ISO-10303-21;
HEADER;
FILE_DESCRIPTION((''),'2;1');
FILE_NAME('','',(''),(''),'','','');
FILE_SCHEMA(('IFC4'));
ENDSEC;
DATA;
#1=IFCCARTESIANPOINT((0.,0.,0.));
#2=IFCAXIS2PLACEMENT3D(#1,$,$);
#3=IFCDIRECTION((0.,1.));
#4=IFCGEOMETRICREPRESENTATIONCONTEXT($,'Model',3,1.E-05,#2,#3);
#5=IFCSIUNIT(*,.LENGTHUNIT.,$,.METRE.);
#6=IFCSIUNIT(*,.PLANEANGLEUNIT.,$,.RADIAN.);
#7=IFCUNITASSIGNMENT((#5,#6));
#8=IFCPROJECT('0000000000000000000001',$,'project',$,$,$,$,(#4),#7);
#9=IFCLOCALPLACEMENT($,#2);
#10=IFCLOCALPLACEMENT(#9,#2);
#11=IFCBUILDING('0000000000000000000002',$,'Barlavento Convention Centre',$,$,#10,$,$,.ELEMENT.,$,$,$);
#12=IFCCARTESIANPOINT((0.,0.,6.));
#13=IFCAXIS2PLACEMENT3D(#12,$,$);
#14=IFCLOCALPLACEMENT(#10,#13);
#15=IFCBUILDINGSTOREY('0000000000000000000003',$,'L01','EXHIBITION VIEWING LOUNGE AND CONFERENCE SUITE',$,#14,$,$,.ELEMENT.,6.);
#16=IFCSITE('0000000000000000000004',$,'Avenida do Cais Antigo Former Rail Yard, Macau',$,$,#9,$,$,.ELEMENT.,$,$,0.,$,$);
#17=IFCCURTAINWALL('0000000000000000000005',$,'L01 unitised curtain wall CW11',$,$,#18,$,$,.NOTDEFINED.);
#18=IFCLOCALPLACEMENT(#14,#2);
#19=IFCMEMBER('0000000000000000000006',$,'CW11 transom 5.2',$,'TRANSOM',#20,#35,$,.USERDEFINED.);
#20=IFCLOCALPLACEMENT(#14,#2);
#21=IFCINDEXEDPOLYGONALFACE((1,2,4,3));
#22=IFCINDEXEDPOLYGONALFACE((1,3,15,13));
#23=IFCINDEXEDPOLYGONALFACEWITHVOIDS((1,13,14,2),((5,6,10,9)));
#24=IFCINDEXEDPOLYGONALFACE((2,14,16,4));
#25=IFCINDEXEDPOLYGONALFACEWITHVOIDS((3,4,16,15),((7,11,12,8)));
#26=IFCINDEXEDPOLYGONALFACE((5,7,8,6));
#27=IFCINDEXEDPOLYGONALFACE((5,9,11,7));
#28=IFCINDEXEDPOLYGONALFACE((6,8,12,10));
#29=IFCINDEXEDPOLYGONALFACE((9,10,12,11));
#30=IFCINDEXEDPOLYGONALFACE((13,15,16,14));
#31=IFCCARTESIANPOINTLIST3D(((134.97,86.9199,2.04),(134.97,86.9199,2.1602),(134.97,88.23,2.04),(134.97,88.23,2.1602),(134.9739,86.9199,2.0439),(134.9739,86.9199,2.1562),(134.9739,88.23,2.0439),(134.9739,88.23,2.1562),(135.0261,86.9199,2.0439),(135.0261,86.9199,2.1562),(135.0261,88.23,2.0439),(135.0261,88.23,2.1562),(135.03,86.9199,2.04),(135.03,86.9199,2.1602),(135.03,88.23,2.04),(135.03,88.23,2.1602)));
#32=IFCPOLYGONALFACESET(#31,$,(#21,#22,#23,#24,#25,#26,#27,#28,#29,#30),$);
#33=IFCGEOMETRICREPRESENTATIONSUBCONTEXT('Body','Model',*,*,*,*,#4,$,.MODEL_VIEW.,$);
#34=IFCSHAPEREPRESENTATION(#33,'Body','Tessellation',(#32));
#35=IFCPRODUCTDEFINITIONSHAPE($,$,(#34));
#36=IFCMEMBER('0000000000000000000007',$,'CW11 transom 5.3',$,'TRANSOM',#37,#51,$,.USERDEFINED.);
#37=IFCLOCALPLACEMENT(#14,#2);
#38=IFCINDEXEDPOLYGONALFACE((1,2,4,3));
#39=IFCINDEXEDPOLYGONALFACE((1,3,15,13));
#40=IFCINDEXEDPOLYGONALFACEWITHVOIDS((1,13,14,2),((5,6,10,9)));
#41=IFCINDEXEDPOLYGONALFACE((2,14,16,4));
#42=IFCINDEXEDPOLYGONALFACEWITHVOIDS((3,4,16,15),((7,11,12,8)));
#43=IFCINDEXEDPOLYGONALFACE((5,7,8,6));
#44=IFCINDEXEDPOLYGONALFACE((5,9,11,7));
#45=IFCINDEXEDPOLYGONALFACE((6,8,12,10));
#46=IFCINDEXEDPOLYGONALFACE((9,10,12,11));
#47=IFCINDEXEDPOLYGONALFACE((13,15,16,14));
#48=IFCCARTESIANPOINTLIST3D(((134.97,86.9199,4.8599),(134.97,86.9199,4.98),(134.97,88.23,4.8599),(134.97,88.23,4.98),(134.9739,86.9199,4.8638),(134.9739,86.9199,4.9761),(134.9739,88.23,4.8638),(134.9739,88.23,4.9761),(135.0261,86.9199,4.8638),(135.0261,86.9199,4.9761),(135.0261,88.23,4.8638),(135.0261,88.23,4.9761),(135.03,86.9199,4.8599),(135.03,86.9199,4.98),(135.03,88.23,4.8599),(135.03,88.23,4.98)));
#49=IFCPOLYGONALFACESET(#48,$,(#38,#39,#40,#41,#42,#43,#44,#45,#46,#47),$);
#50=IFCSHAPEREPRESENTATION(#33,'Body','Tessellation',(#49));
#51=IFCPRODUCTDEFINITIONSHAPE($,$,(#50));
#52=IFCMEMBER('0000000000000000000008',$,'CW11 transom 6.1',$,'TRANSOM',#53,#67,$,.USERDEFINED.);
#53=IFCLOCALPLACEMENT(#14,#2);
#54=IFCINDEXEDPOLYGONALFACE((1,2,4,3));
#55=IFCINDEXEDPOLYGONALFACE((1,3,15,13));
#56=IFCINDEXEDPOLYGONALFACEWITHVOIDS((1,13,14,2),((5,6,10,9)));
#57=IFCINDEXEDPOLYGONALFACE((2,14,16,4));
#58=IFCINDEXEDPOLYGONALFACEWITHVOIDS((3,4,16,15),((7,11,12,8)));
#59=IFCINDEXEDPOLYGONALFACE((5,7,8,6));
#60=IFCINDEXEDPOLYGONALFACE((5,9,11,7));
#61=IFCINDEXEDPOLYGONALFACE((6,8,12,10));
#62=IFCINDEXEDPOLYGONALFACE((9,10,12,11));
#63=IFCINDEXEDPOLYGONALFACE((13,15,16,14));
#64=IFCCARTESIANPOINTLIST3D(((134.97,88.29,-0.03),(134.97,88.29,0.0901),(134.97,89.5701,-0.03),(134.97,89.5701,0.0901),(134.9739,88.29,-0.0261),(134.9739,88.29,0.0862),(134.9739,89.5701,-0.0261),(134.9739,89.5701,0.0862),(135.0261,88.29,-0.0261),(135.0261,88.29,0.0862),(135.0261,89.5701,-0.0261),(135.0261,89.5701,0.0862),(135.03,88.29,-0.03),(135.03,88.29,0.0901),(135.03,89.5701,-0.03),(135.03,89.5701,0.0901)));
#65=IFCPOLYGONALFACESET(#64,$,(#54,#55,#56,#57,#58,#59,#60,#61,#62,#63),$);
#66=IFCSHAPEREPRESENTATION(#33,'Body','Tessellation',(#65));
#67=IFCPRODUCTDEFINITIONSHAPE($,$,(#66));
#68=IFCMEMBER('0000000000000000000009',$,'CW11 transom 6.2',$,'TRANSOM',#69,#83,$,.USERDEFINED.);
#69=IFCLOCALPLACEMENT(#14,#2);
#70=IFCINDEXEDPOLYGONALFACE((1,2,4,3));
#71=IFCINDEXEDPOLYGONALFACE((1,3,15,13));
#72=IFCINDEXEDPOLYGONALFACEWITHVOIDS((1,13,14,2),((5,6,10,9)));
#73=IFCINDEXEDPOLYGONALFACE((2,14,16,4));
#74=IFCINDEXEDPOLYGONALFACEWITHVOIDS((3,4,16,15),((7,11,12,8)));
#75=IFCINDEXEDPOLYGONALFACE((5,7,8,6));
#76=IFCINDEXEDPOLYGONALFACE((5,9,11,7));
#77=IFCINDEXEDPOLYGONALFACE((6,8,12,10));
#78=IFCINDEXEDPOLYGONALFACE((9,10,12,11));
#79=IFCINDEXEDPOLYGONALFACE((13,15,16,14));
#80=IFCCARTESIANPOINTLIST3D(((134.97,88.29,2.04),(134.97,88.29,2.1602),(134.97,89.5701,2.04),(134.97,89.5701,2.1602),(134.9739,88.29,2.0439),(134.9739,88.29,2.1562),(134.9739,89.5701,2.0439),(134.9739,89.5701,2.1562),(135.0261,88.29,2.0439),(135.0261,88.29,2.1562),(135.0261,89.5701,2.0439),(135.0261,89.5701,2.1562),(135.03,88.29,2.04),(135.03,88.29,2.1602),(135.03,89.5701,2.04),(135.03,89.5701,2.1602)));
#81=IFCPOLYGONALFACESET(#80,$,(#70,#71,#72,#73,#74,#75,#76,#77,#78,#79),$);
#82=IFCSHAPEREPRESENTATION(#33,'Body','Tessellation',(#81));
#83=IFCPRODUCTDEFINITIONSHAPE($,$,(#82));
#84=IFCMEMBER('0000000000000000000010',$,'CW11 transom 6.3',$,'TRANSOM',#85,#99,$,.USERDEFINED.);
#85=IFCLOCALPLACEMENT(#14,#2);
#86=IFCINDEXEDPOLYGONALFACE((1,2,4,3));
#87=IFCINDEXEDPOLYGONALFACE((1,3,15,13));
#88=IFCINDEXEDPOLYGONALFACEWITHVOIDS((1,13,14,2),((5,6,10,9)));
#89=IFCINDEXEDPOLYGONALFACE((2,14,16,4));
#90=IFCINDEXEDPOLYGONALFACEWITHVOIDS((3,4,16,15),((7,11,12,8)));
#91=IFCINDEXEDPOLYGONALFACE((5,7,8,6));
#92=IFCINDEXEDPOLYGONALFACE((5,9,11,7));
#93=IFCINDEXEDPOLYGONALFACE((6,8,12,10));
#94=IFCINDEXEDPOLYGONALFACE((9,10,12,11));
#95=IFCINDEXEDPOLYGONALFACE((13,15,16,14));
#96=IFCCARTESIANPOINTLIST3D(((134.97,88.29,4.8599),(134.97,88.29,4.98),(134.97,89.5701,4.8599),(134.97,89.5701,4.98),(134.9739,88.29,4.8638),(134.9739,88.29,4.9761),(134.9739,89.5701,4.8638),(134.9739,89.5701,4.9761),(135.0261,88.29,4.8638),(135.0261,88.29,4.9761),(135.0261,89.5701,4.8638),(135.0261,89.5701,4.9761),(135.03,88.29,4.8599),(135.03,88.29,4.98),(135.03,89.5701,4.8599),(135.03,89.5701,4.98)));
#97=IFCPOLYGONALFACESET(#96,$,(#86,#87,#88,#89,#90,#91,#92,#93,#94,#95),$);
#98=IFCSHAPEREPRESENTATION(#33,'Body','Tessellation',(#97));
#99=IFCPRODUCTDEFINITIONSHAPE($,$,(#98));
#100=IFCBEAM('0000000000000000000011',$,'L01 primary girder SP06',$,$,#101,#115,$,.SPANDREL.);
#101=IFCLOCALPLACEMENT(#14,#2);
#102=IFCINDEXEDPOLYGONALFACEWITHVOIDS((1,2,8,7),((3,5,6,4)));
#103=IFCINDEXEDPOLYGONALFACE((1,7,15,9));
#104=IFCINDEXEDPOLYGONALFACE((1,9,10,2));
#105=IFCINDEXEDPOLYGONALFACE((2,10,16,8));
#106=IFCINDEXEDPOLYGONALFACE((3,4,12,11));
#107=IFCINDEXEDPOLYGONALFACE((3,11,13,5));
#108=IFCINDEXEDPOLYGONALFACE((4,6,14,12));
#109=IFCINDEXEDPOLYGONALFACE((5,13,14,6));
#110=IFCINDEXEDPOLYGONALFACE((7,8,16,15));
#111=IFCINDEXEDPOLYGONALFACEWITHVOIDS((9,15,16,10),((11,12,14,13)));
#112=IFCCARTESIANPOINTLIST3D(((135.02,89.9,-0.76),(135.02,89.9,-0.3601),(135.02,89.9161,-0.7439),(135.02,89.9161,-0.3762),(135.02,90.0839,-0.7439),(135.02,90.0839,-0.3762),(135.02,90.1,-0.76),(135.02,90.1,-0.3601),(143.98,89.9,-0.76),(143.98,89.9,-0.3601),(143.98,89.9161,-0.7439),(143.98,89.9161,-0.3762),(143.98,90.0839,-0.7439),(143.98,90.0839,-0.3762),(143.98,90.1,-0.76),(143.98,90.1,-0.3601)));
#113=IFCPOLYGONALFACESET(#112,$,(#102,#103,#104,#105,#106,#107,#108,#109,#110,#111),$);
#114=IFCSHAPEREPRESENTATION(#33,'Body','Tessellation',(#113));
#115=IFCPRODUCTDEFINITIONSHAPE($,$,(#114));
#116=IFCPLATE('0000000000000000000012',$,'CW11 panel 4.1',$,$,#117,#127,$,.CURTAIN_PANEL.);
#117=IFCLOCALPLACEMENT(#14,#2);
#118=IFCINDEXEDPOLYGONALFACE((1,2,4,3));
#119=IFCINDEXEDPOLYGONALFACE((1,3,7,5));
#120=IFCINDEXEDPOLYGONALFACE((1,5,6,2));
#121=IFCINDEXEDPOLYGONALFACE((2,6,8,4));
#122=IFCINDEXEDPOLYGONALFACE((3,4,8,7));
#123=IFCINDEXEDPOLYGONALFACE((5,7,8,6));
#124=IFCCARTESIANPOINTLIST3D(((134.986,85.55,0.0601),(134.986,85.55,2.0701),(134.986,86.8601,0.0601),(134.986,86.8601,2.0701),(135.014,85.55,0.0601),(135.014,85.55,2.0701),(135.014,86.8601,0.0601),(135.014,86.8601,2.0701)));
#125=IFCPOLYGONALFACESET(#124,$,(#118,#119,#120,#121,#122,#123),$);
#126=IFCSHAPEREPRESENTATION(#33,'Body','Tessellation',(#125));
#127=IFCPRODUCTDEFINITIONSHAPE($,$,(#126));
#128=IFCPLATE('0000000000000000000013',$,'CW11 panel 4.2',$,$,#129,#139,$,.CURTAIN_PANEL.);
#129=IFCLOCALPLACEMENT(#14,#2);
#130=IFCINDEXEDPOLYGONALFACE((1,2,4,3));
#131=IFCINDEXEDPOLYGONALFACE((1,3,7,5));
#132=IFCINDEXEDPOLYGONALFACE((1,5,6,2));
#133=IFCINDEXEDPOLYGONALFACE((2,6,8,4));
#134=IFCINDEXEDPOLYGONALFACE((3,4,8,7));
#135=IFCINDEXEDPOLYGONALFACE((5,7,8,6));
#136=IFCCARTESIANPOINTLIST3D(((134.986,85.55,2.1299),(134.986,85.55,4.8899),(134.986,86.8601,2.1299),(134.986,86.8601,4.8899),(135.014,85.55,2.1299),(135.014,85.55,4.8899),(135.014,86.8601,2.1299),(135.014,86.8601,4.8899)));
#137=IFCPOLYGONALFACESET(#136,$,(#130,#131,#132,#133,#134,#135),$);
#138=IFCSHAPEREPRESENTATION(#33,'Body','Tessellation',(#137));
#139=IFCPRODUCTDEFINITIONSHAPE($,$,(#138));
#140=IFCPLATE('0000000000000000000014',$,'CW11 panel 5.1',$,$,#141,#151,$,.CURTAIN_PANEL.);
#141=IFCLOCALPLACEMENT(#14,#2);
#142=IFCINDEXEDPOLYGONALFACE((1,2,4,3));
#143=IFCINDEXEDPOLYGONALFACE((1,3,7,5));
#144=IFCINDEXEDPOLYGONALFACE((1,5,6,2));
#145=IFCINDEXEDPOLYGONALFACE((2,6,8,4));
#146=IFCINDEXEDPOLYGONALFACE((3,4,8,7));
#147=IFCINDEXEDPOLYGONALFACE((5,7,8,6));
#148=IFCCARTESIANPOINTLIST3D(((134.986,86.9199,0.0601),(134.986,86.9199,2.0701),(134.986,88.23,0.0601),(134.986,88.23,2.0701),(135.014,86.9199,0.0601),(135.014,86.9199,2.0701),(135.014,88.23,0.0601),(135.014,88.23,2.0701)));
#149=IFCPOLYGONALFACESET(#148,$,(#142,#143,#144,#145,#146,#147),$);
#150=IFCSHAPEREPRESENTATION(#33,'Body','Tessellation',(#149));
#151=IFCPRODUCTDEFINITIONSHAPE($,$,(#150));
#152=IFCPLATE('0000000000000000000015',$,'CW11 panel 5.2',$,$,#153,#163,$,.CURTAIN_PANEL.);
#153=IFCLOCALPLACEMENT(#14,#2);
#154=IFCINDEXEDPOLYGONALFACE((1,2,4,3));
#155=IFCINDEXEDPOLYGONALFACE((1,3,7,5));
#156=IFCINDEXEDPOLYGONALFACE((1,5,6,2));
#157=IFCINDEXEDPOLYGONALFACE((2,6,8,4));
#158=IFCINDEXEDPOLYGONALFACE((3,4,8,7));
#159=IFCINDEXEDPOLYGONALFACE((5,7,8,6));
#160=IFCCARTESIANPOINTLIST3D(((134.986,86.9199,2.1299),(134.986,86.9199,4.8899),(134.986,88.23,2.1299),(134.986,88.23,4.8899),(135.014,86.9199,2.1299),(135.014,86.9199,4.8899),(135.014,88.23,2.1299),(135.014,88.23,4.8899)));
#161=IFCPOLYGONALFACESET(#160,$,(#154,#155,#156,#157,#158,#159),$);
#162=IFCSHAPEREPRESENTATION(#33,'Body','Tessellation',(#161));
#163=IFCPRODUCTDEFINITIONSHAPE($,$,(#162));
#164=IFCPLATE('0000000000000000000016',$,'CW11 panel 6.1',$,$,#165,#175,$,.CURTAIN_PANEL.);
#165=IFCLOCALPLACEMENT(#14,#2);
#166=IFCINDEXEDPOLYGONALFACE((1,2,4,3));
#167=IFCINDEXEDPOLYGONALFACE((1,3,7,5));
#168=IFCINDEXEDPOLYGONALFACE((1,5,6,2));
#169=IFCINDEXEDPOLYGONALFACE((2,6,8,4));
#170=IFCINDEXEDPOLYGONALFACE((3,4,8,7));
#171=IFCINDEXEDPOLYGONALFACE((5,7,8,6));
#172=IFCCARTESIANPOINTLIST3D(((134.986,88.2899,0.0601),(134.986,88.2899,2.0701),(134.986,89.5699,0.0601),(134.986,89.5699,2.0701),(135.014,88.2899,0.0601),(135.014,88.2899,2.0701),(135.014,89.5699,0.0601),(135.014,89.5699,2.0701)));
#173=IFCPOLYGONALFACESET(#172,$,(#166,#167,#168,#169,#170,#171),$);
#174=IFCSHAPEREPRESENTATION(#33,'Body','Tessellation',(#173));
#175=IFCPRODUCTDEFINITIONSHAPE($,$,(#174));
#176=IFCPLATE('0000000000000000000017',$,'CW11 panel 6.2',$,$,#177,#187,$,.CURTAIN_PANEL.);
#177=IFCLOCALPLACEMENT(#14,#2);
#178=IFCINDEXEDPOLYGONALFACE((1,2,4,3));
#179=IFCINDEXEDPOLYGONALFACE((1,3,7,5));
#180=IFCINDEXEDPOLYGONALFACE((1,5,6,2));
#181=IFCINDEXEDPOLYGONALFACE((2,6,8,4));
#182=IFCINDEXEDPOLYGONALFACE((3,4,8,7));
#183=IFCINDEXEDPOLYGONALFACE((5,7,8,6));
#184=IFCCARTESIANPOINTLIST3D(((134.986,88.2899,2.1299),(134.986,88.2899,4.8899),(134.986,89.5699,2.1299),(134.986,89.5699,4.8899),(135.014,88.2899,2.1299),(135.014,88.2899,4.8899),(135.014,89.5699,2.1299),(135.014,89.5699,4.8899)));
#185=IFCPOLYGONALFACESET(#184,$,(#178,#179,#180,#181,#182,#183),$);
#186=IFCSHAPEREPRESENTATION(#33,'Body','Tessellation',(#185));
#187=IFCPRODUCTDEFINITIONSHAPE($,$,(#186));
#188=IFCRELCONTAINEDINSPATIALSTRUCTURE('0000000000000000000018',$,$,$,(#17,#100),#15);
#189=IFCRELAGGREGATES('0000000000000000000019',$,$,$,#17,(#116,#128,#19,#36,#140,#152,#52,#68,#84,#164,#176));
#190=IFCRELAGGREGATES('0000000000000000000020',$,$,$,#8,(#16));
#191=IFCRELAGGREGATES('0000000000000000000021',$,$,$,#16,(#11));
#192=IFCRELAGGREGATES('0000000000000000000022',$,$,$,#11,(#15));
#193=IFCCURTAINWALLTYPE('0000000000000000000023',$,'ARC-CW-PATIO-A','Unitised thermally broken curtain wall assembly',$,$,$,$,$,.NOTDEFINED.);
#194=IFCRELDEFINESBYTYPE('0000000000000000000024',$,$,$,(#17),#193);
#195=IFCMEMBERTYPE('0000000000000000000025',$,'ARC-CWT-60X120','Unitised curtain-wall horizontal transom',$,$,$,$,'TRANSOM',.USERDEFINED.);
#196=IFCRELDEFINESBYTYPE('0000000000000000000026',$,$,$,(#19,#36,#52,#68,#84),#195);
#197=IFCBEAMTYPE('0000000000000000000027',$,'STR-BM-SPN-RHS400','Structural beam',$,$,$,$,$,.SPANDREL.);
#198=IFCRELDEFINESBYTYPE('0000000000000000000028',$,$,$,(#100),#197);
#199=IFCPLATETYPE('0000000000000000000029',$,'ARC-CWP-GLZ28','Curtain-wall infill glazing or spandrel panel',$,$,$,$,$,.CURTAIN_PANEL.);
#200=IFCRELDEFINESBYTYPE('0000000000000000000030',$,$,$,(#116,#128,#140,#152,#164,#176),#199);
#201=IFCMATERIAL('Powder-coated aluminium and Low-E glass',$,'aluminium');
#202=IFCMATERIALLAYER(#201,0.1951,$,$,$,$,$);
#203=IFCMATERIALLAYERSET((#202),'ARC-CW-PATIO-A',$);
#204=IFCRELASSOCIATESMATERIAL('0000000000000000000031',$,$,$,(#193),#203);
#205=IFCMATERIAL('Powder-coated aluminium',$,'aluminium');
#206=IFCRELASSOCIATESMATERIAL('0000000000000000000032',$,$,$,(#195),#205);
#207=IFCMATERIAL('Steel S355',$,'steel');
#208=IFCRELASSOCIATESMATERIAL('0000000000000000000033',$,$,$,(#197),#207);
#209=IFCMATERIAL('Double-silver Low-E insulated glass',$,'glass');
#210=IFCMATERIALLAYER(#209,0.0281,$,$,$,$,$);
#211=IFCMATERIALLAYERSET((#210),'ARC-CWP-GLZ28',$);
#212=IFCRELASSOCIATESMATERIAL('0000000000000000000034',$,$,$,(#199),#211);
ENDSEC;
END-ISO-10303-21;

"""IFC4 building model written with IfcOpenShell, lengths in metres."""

from ifc_helpers import new_model, si_unit, direction, frame, origin, origin_2d, place, context, subcontext, project, spatial, rectangle, hollow_rectangle, extrude, material, layer, layer_set, material_profile, profile_set, type_object, element, aggregate, save


model = new_model("IFC4")

# Units and contexts
model_context = context("Model", 3, precision=1e-05, world=origin(), true_north=direction((0.0, 1.0)))
body_context = subcontext(model_context, "Body", "Model", "MODEL_VIEW")
ifc_project = project(units=[si_unit("LENGTHUNIT", "METRE"), si_unit("PLANEANGLEUNIT", "RADIAN")], contexts=[model_context])

# Site, building, storey
site_placement = place(None, origin())
site = spatial("IfcSite", under=ifc_project, at=site_placement, Name="Avenida do Cais Antigo Former Rail Yard, Macau", CompositionType="ELEMENT", RefElevation=0.0)
building_placement = place(site_placement, origin())
building = spatial("IfcBuilding", under=site, at=building_placement, Name="Barlavento Convention Centre", CompositionType="ELEMENT")
storey_placement = place(building_placement, frame((0.0, 0.0, 6.0)))
storey = spatial("IfcBuildingStorey", under=building, at=storey_placement, Name="L01", Description="EXHIBITION VIEWING LOUNGE AND CONFERENCE SUITE", CompositionType="ELEMENT", Elevation=6.0)

# Shared definitions
ifc_material_1 = material(Name="Steel S355", Category="steel")

# Curtain wall, members
ifc_material_2 = material(Name="Powder-coated aluminium and Low-E glass", Category="aluminium")
ifc_layer_1 = layer(ifc_material_2, 0.1951)
ifc_layer_set_1 = layer_set([ifc_layer_1], Name="ARC-CW-PATIO-A")
curtain_wall_type = type_object("IfcCurtainWallType", Name="ARC-CW-PATIO-A", Description="Unitised thermally broken curtain wall assembly", PredefinedType="NOTDEFINED", material=ifc_layer_set_1)
curtain_wall_placement = place(storey_placement, origin())
curtain_wall = element("IfcCurtainWall", 1, at=curtain_wall_placement, inside=storey, type_object=curtain_wall_type, Name="L01 unitised curtain wall CW11", PredefinedType="NOTDEFINED")
ifc_material_3 = material(Name="Powder-coated aluminium", Category="aluminium")
ifc_material_profile_1 = material_profile(ifc_material_3, hollow_rectangle(XDim=0.0601, YDim=0.1201, WallThickness=0.0039, at=origin_2d()), Name="AL-TRAN 60x120x4")
ifc_profile_set_1 = profile_set([ifc_material_profile_1], Name="Powder-coated aluminium")
member_type_1 = type_object("IfcMemberType", Name="ARC-CWT-60X120", Description="Unitised curtain-wall horizontal transom", ElementType="TRANSOM", PredefinedType="USERDEFINED", material=ifc_profile_set_1)
member_1_placement = place(storey_placement, frame((135.0, 86.9199, 2.1001), z_axis=(0.0, 1.0, 0.0), x_axis=(-1.0, 0.0, 0.0)))
member_1 = element("IfcMember", 2, at=member_1_placement, type_object=member_type_1, Name="CW11 transom 5.2", ObjectType="TRANSOM", PredefinedType="USERDEFINED", context=body_context, shape_type="SweptSolid", body=[
    extrude(hollow_rectangle(XDim=0.0601, YDim=0.1201, WallThickness=0.0039, at=origin_2d()), origin(), (0.0, 0.0, 1.0), 1.3101),
])
member_2_placement = place(storey_placement, frame((135.0, 86.9199, 4.9199), z_axis=(0.0, 1.0, 0.0), x_axis=(-1.0, 0.0, 0.0)))
member_2 = element("IfcMember", 3, at=member_2_placement, type_object=member_type_1, Name="CW11 transom 5.3", ObjectType="TRANSOM", PredefinedType="USERDEFINED", context=body_context, shape_type="SweptSolid", body=[
    extrude(hollow_rectangle(XDim=0.0601, YDim=0.1201, WallThickness=0.0039, at=origin_2d()), origin(), (0.0, 0.0, 1.0), 1.3101),
])
member_3_placement = place(storey_placement, frame((135.0, 88.29, 0.03), z_axis=(0.0, 1.0, 0.0), x_axis=(-1.0, 0.0, 0.0)))
member_3 = element("IfcMember", 4, at=member_3_placement, type_object=member_type_1, Name="CW11 transom 6.1", ObjectType="TRANSOM", PredefinedType="USERDEFINED", context=body_context, shape_type="SweptSolid", body=[
    extrude(hollow_rectangle(XDim=0.0601, YDim=0.1201, WallThickness=0.0039, at=origin_2d()), origin(), (0.0, 0.0, 1.0), 1.28),
])
member_4_placement = place(storey_placement, frame((135.0, 88.29, 2.1001), z_axis=(0.0, 1.0, 0.0), x_axis=(-1.0, 0.0, 0.0)))
member_4 = element("IfcMember", 5, at=member_4_placement, type_object=member_type_1, Name="CW11 transom 6.2", ObjectType="TRANSOM", PredefinedType="USERDEFINED", context=body_context, shape_type="SweptSolid", body=[
    extrude(hollow_rectangle(XDim=0.0601, YDim=0.1201, WallThickness=0.0039, at=origin_2d()), origin(), (0.0, 0.0, 1.0), 1.28),
])
member_5_placement = place(storey_placement, frame((135.0, 88.29, 4.9199), z_axis=(0.0, 1.0, 0.0), x_axis=(-1.0, 0.0, 0.0)))
member_5 = element("IfcMember", 6, at=member_5_placement, type_object=member_type_1, Name="CW11 transom 6.3", ObjectType="TRANSOM", PredefinedType="USERDEFINED", context=body_context, shape_type="SweptSolid", body=[
    extrude(hollow_rectangle(XDim=0.0601, YDim=0.1201, WallThickness=0.0039, at=origin_2d()), origin(), (0.0, 0.0, 1.0), 1.28),
])

# Beam
ifc_material_profile_2 = material_profile(ifc_material_1, hollow_rectangle(XDim=0.2, YDim=0.3999, WallThickness=0.0161, at=origin_2d()), Name="RHS 400x200x16.0")
ifc_profile_set_2 = profile_set([ifc_material_profile_2], Name="Steel S355")
beam_type = type_object("IfcBeamType", Name="STR-BM-SPN-RHS400", Description="Structural beam", PredefinedType="SPANDREL", material=ifc_profile_set_2)
beam_placement = place(storey_placement, frame((135.02, 90.0, -0.5601), z_axis=(1.0, 0.0, 0.0), x_axis=(0.0, 1.0, 0.0)))
element("IfcBeam", 7, at=beam_placement, inside=storey, type_object=beam_type, Name="L01 primary girder SP06", PredefinedType="SPANDREL", context=body_context, shape_type="SweptSolid", body=[
    extrude(hollow_rectangle(XDim=0.2, YDim=0.3999, WallThickness=0.0161, at=origin_2d()), origin(), (0.0, 0.0, 1.0), 8.96),
])

# Plates
ifc_material_4 = material(Name="Double-silver Low-E insulated glass", Category="glass")
ifc_layer_2 = layer(ifc_material_4, 0.0281)
ifc_layer_set_2 = layer_set([ifc_layer_2], Name="ARC-CWP-GLZ28")
plate_type = type_object("IfcPlateType", Name="ARC-CWP-GLZ28", Description="Curtain-wall infill glazing or spandrel panel", PredefinedType="CURTAIN_PANEL", material=ifc_layer_set_2)
plate_1_placement = place(storey_placement, frame((135.0, 86.2051, 0.0601), z_axis=(0.0, 0.0, 1.0), x_axis=(0.0, 1.0, 0.0)))
plate_1 = element("IfcPlate", 8, at=plate_1_placement, type_object=plate_type, Name="CW11 panel 4.1", PredefinedType="CURTAIN_PANEL", context=body_context, shape_type="SweptSolid", body=[
    extrude(rectangle(XDim=1.3101, YDim=0.0281, at=origin_2d()), origin(), (0.0, 0.0, 1.0), 2.01),
])
plate_2_placement = place(storey_placement, frame((135.0, 86.2051, 2.1299), z_axis=(0.0, 0.0, 1.0), x_axis=(0.0, 1.0, 0.0)))
plate_2 = element("IfcPlate", 9, at=plate_2_placement, type_object=plate_type, Name="CW11 panel 4.2", PredefinedType="CURTAIN_PANEL", context=body_context, shape_type="SweptSolid", body=[
    extrude(rectangle(XDim=1.3101, YDim=0.0281, at=origin_2d()), origin(), (0.0, 0.0, 1.0), 2.76),
])
plate_3_placement = place(storey_placement, frame((135.0, 87.575, 0.0601), z_axis=(0.0, 0.0, 1.0), x_axis=(0.0, 1.0, 0.0)))
plate_3 = element("IfcPlate", 10, at=plate_3_placement, type_object=plate_type, Name="CW11 panel 5.1", PredefinedType="CURTAIN_PANEL", context=body_context, shape_type="SweptSolid", body=[
    extrude(rectangle(XDim=1.3101, YDim=0.0281, at=origin_2d()), origin(), (0.0, 0.0, 1.0), 2.01),
])
plate_4_placement = place(storey_placement, frame((135.0, 87.575, 2.1299), z_axis=(0.0, 0.0, 1.0), x_axis=(0.0, 1.0, 0.0)))
plate_4 = element("IfcPlate", 11, at=plate_4_placement, type_object=plate_type, Name="CW11 panel 5.2", PredefinedType="CURTAIN_PANEL", context=body_context, shape_type="SweptSolid", body=[
    extrude(rectangle(XDim=1.3101, YDim=0.0281, at=origin_2d()), origin(), (0.0, 0.0, 1.0), 2.76),
])
plate_5_placement = place(storey_placement, frame((135.0, 88.9299, 0.0601), z_axis=(0.0, 0.0, 1.0), x_axis=(0.0, 1.0, 0.0)))
plate_5 = element("IfcPlate", 12, at=plate_5_placement, type_object=plate_type, Name="CW11 panel 6.1", PredefinedType="CURTAIN_PANEL", context=body_context, shape_type="SweptSolid", body=[
    extrude(rectangle(XDim=1.28, YDim=0.0281, at=origin_2d()), origin(), (0.0, 0.0, 1.0), 2.01),
])
plate_6_placement = place(storey_placement, frame((135.0, 88.9299, 2.1299), z_axis=(0.0, 0.0, 1.0), x_axis=(0.0, 1.0, 0.0)))
plate_6 = element("IfcPlate", 13, at=plate_6_placement, type_object=plate_type, Name="CW11 panel 6.2", PredefinedType="CURTAIN_PANEL", context=body_context, shape_type="SweptSolid", body=[
    extrude(rectangle(XDim=1.28, YDim=0.0281, at=origin_2d()), origin(), (0.0, 0.0, 1.0), 2.76),
])
aggregate(curtain_wall, [plate_1, plate_2, member_1, member_2, plate_3, plate_4, member_3, member_4, member_5, plate_5, plate_6])

save(model, "model.ifc")
